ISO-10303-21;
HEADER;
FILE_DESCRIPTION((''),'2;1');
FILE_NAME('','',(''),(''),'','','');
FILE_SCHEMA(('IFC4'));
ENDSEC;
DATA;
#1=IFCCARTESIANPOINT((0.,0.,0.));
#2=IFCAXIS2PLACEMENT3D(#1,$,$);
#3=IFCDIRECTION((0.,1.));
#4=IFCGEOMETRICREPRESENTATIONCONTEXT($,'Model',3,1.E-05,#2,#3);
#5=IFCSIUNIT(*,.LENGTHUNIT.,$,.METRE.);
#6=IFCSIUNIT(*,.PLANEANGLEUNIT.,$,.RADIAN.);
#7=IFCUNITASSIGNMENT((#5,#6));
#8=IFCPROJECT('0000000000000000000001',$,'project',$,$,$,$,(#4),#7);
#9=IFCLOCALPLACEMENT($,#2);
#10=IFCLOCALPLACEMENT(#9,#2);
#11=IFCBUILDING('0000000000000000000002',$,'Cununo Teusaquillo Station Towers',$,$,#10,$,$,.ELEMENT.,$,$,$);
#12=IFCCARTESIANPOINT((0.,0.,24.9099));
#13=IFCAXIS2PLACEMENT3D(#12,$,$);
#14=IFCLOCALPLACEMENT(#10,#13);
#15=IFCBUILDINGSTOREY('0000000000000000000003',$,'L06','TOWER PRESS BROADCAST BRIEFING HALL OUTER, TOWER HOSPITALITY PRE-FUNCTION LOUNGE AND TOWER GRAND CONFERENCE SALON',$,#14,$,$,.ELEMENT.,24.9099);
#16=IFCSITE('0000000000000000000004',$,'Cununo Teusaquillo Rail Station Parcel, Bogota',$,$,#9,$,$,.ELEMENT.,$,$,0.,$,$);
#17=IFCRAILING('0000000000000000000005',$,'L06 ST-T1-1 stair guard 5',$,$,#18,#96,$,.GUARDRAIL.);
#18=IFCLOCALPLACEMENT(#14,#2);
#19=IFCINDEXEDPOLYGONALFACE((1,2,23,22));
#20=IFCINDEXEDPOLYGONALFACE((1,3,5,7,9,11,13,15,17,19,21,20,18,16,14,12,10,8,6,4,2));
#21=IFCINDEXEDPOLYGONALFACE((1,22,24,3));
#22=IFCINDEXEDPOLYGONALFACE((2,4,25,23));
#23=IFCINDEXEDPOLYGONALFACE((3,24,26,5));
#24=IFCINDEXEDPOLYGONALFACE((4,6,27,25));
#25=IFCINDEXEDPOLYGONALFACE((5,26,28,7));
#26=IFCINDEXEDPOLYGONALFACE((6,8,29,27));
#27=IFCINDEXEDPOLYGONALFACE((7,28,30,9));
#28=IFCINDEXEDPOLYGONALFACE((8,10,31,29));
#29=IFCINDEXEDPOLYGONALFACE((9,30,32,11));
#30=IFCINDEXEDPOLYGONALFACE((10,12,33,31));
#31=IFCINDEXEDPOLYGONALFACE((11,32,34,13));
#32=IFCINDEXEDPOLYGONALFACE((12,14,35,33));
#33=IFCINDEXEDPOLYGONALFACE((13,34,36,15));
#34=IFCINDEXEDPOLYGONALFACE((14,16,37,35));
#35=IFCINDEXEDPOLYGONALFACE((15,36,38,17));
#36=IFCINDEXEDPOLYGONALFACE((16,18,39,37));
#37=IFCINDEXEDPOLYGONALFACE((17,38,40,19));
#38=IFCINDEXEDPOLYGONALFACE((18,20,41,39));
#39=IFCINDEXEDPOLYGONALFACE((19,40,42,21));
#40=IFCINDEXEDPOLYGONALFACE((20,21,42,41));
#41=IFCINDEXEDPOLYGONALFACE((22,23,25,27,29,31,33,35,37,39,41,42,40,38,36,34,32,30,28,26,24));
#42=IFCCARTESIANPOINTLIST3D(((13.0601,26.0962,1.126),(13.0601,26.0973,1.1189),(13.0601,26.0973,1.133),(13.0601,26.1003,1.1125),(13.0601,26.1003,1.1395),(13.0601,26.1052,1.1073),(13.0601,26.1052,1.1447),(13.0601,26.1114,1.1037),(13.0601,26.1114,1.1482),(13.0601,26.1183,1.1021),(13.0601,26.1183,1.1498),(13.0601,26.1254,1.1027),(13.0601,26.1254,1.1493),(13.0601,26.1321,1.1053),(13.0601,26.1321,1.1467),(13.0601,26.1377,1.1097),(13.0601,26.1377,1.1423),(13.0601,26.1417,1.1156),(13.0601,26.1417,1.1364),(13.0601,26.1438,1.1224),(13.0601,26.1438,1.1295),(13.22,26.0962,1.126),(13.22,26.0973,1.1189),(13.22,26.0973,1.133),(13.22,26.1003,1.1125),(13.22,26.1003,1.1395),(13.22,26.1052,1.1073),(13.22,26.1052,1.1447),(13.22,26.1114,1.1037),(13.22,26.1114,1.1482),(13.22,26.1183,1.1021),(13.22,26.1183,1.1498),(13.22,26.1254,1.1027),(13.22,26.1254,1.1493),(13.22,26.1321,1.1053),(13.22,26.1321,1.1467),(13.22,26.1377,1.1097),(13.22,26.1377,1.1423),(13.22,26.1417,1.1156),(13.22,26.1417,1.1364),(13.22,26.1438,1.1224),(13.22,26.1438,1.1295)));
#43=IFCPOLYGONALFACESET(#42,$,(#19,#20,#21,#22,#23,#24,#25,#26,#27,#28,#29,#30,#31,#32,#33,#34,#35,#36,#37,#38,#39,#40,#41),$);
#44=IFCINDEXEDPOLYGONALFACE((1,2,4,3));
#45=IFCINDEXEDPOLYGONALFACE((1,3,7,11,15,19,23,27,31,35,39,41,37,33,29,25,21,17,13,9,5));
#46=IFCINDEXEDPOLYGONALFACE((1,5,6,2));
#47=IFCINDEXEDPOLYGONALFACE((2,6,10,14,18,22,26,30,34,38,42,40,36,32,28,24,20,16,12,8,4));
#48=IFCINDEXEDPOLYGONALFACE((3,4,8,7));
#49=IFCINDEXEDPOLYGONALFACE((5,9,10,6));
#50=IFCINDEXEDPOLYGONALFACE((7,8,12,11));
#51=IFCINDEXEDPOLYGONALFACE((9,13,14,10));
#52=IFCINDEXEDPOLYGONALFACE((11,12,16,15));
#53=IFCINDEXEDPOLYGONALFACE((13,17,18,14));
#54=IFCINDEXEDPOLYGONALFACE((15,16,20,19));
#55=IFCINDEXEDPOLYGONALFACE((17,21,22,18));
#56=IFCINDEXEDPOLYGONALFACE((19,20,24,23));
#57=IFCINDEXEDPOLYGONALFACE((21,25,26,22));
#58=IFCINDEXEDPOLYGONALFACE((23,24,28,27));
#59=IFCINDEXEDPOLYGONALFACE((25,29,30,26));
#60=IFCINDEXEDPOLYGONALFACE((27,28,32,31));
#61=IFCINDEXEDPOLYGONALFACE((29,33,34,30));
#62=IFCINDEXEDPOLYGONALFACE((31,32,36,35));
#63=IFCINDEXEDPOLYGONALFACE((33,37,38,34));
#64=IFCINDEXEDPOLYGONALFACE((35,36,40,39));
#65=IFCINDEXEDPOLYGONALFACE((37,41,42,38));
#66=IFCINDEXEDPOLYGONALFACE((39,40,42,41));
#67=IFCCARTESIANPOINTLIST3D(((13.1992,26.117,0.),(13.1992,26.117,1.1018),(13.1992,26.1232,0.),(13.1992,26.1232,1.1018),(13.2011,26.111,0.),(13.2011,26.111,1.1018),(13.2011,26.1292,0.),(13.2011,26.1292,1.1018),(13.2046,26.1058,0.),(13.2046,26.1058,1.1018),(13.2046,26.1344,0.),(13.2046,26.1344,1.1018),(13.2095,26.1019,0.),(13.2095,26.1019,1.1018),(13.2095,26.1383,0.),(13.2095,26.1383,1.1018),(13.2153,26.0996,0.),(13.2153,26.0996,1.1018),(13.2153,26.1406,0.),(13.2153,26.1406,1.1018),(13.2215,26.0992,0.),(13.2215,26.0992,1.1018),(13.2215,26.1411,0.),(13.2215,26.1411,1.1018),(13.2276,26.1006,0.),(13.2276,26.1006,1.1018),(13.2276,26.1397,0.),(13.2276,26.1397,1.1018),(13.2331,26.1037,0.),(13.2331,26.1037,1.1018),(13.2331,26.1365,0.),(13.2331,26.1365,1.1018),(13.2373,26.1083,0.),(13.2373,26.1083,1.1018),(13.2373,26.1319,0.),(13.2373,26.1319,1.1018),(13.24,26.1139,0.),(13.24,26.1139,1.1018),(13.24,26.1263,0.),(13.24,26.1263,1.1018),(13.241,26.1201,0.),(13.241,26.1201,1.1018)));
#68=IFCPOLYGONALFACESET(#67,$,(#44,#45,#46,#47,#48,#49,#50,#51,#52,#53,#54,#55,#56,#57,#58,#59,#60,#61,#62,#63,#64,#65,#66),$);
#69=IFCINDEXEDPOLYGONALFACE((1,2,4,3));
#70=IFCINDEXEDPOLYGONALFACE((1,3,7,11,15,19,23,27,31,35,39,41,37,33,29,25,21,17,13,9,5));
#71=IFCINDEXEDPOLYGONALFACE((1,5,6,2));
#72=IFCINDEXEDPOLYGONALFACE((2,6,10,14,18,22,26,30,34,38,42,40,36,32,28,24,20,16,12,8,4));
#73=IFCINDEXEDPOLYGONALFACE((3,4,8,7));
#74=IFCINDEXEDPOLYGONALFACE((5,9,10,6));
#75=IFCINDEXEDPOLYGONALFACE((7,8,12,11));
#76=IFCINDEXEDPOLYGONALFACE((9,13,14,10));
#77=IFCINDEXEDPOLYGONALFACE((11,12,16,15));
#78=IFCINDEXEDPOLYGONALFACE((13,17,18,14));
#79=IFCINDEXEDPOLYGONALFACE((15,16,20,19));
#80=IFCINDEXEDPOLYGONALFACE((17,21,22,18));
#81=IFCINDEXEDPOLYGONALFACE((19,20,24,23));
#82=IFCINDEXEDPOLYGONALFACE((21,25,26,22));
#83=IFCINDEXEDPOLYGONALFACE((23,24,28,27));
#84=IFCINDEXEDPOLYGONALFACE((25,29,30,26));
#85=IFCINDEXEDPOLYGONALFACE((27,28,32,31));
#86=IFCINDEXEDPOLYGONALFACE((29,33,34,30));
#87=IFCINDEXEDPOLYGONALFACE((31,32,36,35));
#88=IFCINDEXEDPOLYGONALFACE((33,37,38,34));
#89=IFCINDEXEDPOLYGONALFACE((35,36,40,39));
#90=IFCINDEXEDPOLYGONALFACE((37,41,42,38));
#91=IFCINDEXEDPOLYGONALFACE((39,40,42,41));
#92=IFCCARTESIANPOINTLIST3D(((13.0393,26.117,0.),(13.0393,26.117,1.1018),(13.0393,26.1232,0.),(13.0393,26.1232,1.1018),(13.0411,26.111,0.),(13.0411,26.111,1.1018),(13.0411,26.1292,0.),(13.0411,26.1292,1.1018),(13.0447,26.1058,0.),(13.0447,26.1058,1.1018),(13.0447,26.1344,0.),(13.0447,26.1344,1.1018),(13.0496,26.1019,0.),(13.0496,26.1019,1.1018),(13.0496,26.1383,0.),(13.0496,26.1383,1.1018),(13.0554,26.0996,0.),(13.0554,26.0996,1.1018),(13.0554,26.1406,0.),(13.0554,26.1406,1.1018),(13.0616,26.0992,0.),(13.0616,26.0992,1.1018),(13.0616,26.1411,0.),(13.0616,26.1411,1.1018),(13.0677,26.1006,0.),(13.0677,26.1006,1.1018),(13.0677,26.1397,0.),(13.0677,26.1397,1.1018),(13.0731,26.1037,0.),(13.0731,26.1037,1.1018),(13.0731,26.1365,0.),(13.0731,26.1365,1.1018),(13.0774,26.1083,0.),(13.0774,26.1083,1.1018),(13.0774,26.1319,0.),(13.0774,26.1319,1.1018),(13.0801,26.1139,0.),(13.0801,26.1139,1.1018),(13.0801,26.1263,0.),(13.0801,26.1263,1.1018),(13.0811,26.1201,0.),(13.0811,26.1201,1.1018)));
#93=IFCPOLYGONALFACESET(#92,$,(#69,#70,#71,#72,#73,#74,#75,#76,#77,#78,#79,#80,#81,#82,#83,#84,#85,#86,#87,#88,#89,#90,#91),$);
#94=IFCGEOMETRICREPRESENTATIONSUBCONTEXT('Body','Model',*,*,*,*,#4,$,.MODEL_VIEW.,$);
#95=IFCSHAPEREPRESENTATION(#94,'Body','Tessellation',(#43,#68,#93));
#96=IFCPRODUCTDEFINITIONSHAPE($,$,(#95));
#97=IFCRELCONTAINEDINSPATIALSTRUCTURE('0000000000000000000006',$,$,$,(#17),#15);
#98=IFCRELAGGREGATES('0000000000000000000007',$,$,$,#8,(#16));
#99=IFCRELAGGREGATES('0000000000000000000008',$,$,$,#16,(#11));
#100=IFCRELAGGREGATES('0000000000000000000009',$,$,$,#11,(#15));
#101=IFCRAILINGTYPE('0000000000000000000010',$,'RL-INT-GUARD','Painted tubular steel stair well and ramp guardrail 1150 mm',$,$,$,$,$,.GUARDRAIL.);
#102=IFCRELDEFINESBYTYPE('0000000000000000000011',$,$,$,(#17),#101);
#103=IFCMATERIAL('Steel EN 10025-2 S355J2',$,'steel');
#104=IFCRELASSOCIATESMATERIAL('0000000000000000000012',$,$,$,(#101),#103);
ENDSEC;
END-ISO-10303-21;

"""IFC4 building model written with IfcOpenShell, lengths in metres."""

from ifc_helpers import new_model, si_unit, direction, frame, origin, origin_2d, place, context, subcontext, project, spatial, circle, extrude, material, type_object, element, save


model = new_model("IFC4")

# Units and contexts
model_context = context("Model", 3, precision=1e-05, world=origin(), true_north=direction((0.0, 1.0)))
body_context = subcontext(model_context, "Body", "Model", "MODEL_VIEW")
ifc_project = project(units=[si_unit("LENGTHUNIT", "METRE"), si_unit("PLANEANGLEUNIT", "RADIAN")], contexts=[model_context])

# Site, building, storey
site_placement = place(None, origin())
site = spatial("IfcSite", under=ifc_project, at=site_placement, Name="Cununo Teusaquillo Rail Station Parcel, Bogota", CompositionType="ELEMENT", RefElevation=0.0)
building_placement = place(site_placement, origin())
building = spatial("IfcBuilding", under=site, at=building_placement, Name="Cununo Teusaquillo Station Towers", CompositionType="ELEMENT")
storey_placement = place(building_placement, frame((0.0, 0.0, 24.9099)))
storey = spatial("IfcBuildingStorey", under=building, at=storey_placement, Name="L06", Description="TOWER PRESS BROADCAST BRIEFING HALL OUTER, TOWER HOSPITALITY PRE-FUNCTION LOUNGE AND TOWER GRAND CONFERENCE SALON", CompositionType="ELEMENT", Elevation=24.9099)

# Railing
ifc_material_1 = material(Name="Steel EN 10025-2 S355J2", Category="steel")
railing_type_1 = type_object("IfcRailingType", Name="RL-INT-GUARD", Description="Painted tubular steel stair well and ramp guardrail 1150 mm", PredefinedType="GUARDRAIL", material=ifc_material_1)
railing_1_placement = place(storey_placement, frame((13.22, 26.1201, 0.0)))
element("IfcRailing", 1, at=railing_1_placement, inside=storey, type_object=railing_type_1, Name="L06 ST-T1-1 stair guard 5", PredefinedType="GUARDRAIL", context=body_context, shape_type="SweptSolid", body=[
    extrude(circle(Radius=0.0239, at=origin_2d()), frame((0.0, 0.0, 1.126), z_axis=(-1.0, 0.0, 0.0), x_axis=(0.0, -1.0, 0.0)), (0.0, 0.0, 1.0), 0.1599),
    extrude(circle(Radius=0.021, at=origin_2d()), origin(), (0.0, 0.0, 1.0), 1.1018),
    extrude(circle(Radius=0.021, at=origin_2d()), frame((-0.1599, 0.0, 0.0)), (0.0, 0.0, 1.0), 1.1018),
])

save(model, "model.ifc")
